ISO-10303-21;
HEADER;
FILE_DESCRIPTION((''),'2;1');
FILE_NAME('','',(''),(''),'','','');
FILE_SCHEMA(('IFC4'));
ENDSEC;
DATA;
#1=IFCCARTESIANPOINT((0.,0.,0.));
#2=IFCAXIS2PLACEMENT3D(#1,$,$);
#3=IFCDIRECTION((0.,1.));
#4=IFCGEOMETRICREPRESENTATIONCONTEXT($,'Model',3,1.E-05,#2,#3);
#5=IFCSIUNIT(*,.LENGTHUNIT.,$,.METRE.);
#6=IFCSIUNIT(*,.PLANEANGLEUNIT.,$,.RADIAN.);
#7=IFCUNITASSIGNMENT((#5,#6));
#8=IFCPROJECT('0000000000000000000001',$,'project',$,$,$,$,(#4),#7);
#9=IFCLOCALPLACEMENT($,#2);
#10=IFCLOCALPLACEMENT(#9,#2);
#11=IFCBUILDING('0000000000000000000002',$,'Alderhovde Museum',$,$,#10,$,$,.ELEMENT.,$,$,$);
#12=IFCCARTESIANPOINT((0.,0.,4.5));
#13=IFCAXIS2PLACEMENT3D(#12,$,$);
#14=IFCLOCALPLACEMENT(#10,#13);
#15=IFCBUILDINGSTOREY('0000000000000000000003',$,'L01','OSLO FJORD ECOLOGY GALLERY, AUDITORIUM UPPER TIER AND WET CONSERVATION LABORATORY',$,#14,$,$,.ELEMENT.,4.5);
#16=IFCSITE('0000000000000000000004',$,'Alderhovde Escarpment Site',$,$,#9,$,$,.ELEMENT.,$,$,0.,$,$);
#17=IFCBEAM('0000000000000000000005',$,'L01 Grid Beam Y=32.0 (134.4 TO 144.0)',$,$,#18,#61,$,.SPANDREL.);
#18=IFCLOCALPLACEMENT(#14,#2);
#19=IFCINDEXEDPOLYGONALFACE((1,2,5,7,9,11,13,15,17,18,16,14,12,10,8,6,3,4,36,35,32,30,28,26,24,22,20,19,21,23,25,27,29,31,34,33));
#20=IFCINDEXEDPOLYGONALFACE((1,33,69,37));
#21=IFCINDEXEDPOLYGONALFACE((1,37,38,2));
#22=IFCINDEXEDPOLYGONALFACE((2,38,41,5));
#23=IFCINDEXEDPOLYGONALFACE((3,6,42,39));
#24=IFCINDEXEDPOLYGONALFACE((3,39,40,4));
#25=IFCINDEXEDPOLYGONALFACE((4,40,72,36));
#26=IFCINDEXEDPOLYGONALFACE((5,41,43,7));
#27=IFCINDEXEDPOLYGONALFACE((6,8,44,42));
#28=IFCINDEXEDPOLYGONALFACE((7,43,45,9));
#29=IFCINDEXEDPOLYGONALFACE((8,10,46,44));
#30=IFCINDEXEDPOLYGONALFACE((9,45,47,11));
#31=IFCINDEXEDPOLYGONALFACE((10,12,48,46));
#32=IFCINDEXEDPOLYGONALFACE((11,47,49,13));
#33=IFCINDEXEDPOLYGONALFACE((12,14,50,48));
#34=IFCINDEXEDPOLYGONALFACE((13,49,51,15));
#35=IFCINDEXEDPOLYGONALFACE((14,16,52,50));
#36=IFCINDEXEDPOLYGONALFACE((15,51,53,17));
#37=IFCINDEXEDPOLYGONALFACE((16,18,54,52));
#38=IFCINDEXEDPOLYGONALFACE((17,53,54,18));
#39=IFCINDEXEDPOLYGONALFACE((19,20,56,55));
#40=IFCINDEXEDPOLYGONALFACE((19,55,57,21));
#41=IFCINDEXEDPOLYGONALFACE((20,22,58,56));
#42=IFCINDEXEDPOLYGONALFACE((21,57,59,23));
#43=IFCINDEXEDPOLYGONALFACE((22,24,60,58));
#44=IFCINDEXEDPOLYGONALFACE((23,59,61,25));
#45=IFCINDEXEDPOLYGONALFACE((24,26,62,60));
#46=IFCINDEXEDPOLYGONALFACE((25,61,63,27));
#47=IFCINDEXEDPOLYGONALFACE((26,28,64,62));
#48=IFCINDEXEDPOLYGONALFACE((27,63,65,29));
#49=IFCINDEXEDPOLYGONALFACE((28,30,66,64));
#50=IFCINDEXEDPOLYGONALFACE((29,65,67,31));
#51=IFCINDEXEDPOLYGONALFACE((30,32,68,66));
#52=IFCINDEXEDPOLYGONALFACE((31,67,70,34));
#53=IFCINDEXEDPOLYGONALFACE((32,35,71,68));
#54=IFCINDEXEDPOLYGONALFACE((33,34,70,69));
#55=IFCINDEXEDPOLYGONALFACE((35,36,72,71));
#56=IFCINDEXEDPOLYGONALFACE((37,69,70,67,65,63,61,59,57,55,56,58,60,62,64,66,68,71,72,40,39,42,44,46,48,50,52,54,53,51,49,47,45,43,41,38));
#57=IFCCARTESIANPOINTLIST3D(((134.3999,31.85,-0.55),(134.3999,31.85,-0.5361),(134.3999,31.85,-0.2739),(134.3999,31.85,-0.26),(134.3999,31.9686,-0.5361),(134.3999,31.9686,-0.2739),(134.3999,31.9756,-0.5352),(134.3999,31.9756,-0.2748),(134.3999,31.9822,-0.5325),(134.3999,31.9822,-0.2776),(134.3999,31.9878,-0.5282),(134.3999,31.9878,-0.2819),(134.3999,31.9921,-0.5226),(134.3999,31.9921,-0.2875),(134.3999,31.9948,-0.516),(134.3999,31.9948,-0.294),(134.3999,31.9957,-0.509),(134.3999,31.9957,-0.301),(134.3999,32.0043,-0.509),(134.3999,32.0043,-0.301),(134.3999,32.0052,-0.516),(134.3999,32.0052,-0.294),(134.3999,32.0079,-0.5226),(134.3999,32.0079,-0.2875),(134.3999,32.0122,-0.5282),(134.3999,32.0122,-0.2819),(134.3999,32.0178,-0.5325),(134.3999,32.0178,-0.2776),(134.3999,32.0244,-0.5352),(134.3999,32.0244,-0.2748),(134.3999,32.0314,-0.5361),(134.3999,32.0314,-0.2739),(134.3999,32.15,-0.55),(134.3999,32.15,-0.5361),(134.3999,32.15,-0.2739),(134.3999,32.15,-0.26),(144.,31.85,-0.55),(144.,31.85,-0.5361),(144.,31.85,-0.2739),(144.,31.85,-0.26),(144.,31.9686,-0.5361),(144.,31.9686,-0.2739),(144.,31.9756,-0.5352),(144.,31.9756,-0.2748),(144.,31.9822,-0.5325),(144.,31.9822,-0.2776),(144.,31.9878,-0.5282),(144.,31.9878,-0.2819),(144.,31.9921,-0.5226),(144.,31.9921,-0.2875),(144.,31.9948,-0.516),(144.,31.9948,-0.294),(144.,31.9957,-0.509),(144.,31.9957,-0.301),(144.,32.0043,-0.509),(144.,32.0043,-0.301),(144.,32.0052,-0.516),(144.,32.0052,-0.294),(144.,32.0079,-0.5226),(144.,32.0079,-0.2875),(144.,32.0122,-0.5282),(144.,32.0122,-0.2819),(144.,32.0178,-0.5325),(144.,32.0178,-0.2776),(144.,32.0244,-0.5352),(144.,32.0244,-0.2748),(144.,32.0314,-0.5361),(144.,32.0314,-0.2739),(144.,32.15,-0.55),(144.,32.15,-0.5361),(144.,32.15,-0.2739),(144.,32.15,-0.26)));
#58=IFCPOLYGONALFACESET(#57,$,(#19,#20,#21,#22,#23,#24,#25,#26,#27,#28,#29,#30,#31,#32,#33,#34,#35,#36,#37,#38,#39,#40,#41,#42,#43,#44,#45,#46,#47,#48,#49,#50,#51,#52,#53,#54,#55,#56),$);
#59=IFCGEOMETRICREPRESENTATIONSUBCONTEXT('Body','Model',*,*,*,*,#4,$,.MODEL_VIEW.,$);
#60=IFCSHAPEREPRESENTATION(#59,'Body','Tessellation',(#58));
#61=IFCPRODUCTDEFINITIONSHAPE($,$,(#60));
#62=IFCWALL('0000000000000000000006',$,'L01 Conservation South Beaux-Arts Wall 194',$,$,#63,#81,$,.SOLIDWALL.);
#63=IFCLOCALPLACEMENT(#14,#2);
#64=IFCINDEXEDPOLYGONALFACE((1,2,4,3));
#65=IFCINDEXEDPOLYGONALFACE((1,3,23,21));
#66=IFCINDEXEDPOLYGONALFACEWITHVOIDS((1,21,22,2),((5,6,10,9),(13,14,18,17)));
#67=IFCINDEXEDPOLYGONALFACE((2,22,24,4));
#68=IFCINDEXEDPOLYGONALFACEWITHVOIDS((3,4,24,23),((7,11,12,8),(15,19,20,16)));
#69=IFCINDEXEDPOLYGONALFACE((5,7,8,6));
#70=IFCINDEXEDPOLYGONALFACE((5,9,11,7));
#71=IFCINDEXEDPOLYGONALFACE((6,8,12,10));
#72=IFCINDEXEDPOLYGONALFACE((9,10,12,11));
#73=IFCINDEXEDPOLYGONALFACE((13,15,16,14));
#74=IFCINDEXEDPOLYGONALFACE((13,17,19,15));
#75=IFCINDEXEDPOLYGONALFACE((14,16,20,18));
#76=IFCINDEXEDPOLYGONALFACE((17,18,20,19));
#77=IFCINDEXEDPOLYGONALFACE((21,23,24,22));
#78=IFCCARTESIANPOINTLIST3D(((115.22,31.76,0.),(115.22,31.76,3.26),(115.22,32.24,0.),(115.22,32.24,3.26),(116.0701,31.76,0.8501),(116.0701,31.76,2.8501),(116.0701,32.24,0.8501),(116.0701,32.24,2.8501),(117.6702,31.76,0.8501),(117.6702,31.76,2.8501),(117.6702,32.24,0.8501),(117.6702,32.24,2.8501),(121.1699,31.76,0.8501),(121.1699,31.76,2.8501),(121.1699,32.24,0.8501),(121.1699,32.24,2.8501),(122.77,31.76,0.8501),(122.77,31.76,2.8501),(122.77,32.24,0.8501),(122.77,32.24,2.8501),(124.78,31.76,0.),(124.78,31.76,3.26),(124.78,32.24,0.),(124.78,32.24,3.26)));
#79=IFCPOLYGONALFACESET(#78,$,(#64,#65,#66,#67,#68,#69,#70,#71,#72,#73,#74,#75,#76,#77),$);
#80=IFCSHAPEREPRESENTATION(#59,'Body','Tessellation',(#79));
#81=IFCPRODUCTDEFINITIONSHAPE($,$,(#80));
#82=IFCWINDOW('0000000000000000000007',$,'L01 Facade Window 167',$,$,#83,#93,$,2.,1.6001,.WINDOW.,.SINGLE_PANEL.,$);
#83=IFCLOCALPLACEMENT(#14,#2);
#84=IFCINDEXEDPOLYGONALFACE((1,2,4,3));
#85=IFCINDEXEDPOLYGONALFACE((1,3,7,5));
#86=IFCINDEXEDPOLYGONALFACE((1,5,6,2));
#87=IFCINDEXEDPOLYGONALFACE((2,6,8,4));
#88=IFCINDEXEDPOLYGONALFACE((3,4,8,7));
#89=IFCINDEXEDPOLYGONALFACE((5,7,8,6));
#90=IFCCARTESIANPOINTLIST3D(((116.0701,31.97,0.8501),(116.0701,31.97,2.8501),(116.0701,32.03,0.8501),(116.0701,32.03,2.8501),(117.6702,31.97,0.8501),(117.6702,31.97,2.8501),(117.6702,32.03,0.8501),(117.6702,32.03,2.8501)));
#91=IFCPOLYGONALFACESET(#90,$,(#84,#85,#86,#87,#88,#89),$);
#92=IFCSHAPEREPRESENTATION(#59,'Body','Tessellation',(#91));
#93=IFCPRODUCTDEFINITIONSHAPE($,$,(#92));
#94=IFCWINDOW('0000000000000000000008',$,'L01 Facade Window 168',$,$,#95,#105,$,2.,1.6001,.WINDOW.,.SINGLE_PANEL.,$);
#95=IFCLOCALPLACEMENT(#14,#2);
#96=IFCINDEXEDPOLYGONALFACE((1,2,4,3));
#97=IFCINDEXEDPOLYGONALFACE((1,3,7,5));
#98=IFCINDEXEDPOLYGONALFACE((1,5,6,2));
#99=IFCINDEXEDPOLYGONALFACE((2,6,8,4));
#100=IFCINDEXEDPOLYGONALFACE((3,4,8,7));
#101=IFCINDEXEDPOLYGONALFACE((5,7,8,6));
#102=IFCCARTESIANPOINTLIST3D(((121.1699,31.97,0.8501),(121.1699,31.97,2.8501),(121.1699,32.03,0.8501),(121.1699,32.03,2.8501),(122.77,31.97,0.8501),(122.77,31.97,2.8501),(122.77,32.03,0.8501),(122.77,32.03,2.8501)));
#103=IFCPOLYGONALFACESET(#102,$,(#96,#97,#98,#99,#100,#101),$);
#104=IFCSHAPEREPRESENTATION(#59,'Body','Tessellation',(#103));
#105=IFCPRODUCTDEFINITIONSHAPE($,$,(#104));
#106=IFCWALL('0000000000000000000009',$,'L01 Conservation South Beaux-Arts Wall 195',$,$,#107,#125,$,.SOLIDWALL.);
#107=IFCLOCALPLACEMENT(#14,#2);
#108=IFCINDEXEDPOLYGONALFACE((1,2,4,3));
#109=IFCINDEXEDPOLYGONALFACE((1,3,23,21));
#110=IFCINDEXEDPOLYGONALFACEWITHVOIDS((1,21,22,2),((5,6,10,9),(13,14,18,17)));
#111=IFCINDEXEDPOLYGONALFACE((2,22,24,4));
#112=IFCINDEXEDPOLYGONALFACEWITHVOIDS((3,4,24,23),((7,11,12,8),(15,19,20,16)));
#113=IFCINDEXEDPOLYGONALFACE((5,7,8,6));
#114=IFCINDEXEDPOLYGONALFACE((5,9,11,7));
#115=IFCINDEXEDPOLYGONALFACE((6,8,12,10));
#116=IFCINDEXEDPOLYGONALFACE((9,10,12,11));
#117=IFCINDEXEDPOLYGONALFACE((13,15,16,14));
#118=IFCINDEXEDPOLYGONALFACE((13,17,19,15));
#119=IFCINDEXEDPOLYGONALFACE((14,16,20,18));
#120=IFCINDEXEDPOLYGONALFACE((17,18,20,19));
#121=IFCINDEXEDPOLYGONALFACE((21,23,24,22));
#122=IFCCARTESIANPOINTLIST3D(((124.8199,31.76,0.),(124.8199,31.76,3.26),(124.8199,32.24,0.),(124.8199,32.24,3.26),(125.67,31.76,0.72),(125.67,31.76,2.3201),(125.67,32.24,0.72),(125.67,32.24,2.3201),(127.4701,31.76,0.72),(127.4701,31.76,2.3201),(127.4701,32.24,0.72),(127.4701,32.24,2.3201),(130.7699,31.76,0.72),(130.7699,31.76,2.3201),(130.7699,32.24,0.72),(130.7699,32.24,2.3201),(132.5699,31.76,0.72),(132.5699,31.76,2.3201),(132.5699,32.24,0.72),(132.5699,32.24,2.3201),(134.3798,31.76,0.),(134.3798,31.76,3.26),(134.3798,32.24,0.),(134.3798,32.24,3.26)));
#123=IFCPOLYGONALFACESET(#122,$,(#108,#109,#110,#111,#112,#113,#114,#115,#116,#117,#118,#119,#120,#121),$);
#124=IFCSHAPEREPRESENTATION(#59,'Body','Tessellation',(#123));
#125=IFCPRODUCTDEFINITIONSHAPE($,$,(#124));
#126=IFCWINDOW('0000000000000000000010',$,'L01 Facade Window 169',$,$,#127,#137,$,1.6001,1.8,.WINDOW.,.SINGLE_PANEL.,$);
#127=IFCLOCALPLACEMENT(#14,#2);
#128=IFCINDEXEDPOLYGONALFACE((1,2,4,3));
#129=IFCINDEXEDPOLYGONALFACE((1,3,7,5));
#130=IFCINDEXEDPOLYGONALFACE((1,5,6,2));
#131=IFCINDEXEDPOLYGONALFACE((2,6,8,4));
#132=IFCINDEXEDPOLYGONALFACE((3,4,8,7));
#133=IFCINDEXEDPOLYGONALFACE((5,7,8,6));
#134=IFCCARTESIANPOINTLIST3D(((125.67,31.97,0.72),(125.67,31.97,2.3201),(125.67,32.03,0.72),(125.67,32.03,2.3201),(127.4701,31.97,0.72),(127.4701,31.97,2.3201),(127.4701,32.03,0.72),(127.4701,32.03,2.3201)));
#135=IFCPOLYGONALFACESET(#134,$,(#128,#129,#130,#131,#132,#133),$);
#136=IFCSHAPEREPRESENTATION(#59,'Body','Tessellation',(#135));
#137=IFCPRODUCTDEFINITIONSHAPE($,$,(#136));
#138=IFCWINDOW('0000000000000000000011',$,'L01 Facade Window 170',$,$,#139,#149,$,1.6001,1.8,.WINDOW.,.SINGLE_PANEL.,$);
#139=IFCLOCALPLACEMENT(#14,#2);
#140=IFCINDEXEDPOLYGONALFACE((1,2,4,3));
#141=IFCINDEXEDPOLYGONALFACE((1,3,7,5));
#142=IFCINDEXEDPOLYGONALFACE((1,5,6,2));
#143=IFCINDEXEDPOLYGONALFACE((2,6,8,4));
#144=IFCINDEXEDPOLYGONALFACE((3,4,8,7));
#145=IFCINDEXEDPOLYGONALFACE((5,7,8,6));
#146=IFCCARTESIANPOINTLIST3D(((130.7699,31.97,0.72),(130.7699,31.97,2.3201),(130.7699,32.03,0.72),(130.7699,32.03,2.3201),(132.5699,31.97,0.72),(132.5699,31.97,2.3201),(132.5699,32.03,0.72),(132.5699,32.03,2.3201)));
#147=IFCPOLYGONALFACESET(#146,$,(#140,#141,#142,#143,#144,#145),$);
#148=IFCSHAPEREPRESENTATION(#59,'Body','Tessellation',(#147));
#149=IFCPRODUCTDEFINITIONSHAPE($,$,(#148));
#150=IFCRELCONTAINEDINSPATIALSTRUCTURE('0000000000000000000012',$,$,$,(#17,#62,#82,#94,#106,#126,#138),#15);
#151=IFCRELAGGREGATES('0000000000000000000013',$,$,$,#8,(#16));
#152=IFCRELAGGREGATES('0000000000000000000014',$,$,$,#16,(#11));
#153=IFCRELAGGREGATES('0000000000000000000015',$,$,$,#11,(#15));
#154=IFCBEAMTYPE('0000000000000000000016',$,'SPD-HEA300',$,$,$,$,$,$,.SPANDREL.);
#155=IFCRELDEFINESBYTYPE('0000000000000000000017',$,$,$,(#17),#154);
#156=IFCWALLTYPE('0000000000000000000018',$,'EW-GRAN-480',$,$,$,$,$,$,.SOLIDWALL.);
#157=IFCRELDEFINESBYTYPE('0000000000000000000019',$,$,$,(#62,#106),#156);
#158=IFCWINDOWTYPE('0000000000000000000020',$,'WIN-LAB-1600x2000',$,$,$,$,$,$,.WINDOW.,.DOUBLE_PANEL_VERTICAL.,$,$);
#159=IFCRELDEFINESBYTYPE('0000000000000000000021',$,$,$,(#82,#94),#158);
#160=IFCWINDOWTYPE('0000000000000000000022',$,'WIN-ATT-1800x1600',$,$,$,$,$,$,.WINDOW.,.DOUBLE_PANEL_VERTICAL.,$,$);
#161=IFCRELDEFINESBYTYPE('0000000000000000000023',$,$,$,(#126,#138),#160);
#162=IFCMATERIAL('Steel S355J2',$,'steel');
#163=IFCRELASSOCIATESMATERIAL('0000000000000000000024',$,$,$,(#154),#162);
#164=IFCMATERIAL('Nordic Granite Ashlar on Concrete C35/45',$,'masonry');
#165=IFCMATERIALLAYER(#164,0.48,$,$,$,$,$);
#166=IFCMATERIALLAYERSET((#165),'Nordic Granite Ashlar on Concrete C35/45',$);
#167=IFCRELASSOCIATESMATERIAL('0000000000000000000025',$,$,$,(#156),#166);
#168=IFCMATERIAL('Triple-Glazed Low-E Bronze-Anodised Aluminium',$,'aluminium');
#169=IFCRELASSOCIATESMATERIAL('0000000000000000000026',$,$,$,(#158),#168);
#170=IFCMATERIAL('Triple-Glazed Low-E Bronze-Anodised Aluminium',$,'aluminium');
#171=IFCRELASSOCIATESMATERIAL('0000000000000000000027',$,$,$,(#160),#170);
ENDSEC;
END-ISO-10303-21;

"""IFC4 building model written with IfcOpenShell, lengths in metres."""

from ifc_helpers import new_model, si_unit, direction, frame, frame_2d, origin, origin_2d, place, context, subcontext, project, spatial, rectangle, i_section, extrude, material, layer, layer_set, material_profile, profile_set, type_object, element, fill, save


model = new_model("IFC4")

# Units and contexts
model_context = context("Model", 3, precision=1e-05, world=origin(), true_north=direction((0.0, 1.0)))
body_context = subcontext(model_context, "Body", "Model", "MODEL_VIEW")
ifc_project = project(units=[si_unit("LENGTHUNIT", "METRE"), si_unit("PLANEANGLEUNIT", "RADIAN")], contexts=[model_context])

# Site, building, storey
site_placement = place(None, origin())
site = spatial("IfcSite", under=ifc_project, at=site_placement, Name="Alderhovde Escarpment Site", CompositionType="ELEMENT", RefElevation=0.0)
building_placement = place(site_placement, origin())
building = spatial("IfcBuilding", under=site, at=building_placement, Name="Alderhovde Museum", CompositionType="ELEMENT")
storey_placement = place(building_placement, frame((0.0, 0.0, 4.5)))
storey = spatial("IfcBuildingStorey", under=building, at=storey_placement, Name="L01", Description="OSLO FJORD ECOLOGY GALLERY, AUDITORIUM UPPER TIER AND WET CONSERVATION LABORATORY", CompositionType="ELEMENT", Elevation=4.5)

# Beam
ifc_material_1 = material(Name="Steel S355J2", Category="steel")
ifc_material_profile_1 = material_profile(ifc_material_1, i_section(OverallWidth=0.3, OverallDepth=0.29, WebThickness=0.0085, FlangeThickness=0.0139, FilletRadius=0.0271, at=origin_2d()), Name="HEA 300")
ifc_profile_set_1 = profile_set([ifc_material_profile_1], Name="Steel S355J2")
beam_type_1 = type_object("IfcBeamType", Name="SPD-HEA300", PredefinedType="SPANDREL", material=ifc_profile_set_1)
beam_1_placement = place(storey_placement, frame((134.3999, 32.0, -0.405), z_axis=(1.0, 0.0, 0.0), x_axis=(0.0, 1.0, 0.0)))
element("IfcBeam", 1, at=beam_1_placement, inside=storey, type_object=beam_type_1, Name="L01 Grid Beam Y=32.0 (134.4 TO 144.0)", PredefinedType="SPANDREL", context=body_context, shape_type="SweptSolid", body=[
    extrude(i_section(OverallWidth=0.3, OverallDepth=0.29, WebThickness=0.0085, FlangeThickness=0.0139, FilletRadius=0.0271, at=origin_2d()), origin(), (0.0, 0.0, 1.0), 9.6001),
])

# Walls, openings, windows
ifc_material_2 = material(Name="Nordic Granite Ashlar on Concrete C35/45", Category="masonry")
ifc_layer_1 = layer(ifc_material_2, 0.48)
ifc_layer_set_1 = layer_set([ifc_layer_1], Name="Nordic Granite Ashlar on Concrete C35/45")
wall_type_1 = type_object("IfcWallType", Name="EW-GRAN-480", PredefinedType="SOLIDWALL", material=ifc_layer_set_1)
wall_1_placement = place(storey_placement, frame((115.22, 32.0, 0.0), z_axis=(0.0, 0.0, 1.0), x_axis=(1.0, 0.0, 0.0)))
wall_1 = element("IfcWall", 2, at=wall_1_placement, inside=storey, type_object=wall_type_1, Name="L01 Conservation South Beaux-Arts Wall 194", PredefinedType="SOLIDWALL", context=body_context, shape_type="SweptSolid", body=[
    extrude(rectangle(XDim=9.5601, YDim=0.48, at=frame_2d((4.78, 0.0))), origin(), (0.0, 0.0, 1.0), 3.26),
])
opening_1_placement = place(wall_1_placement, frame((0.8501, 0.0, 0.8501)))
opening_1 = element("IfcOpeningElement", 3, at=opening_1_placement, cuts=wall_1, PredefinedType="OPENING", context=body_context, shape_type="SweptSolid", body=[
    extrude(rectangle(XDim=1.6001, YDim=2.0, at=frame_2d((0.8, 1.0))), frame((0.0, 0.25, 0.0), z_axis=(0.0, -1.0, 0.0), x_axis=(1.0, 0.0, 0.0)), (0.0, 0.0, 1.0), 0.5),
])
opening_2_placement = place(wall_1_placement, frame((5.95, 0.0, 0.8501)))
opening_2 = element("IfcOpeningElement", 4, at=opening_2_placement, cuts=wall_1, PredefinedType="OPENING", context=body_context, shape_type="SweptSolid", body=[
    extrude(rectangle(XDim=1.6001, YDim=2.0, at=frame_2d((0.8, 1.0))), frame((0.0, 0.25, 0.0), z_axis=(0.0, -1.0, 0.0), x_axis=(1.0, 0.0, 0.0)), (0.0, 0.0, 1.0), 0.5),
])
ifc_material_3 = material(Name="Triple-Glazed Low-E Bronze-Anodised Aluminium", Category="aluminium")
window_type_1 = type_object("IfcWindowType", Name="WIN-LAB-1600x2000", PartitioningType="DOUBLE_PANEL_VERTICAL", PredefinedType="WINDOW", material=ifc_material_3)
window_1_placement = place(opening_1_placement, origin())
window_1 = element("IfcWindow", 5, at=window_1_placement, inside=storey, type_object=window_type_1, Name="L01 Facade Window 167", OverallHeight=2.0, OverallWidth=1.6001, PartitioningType="SINGLE_PANEL", PredefinedType="WINDOW", context=body_context, shape_type="SweptSolid", body=[
    extrude(rectangle(XDim=1.6001, YDim=2.0, at=frame_2d((0.8, 1.0))), frame((0.0, 0.03, 0.0), z_axis=(0.0, -1.0, 0.0), x_axis=(1.0, 0.0, 0.0)), (0.0, 0.0, 1.0), 0.0601),
])
fill(opening_1, window_1)
window_2_placement = place(opening_2_placement, origin())
window_2 = element("IfcWindow", 6, at=window_2_placement, inside=storey, type_object=window_type_1, Name="L01 Facade Window 168", OverallHeight=2.0, OverallWidth=1.6001, PartitioningType="SINGLE_PANEL", PredefinedType="WINDOW", context=body_context, shape_type="SweptSolid", body=[
    extrude(rectangle(XDim=1.6001, YDim=2.0, at=frame_2d((0.8, 1.0))), frame((0.0, 0.03, 0.0), z_axis=(0.0, -1.0, 0.0), x_axis=(1.0, 0.0, 0.0)), (0.0, 0.0, 1.0), 0.0601),
])
fill(opening_2, window_2)
wall_2_placement = place(storey_placement, frame((124.8201, 32.0, 0.0), z_axis=(0.0, 0.0, 1.0), x_axis=(1.0, 0.0, 0.0)))
wall_2 = element("IfcWall", 7, at=wall_2_placement, inside=storey, type_object=wall_type_1, Name="L01 Conservation South Beaux-Arts Wall 195", PredefinedType="SOLIDWALL", context=body_context, shape_type="SweptSolid", body=[
    extrude(rectangle(XDim=9.5598, YDim=0.48, at=frame_2d((4.7798, 0.0))), origin(), (0.0, 0.0, 1.0), 3.26),
])
opening_3_placement = place(wall_2_placement, frame((0.8501, 0.0, 0.72)))
opening_3 = element("IfcOpeningElement", 8, at=opening_3_placement, cuts=wall_2, PredefinedType="OPENING", context=body_context, shape_type="SweptSolid", body=[
    extrude(rectangle(XDim=1.8, YDim=1.6001, at=frame_2d((0.8999, 0.8))), frame((0.0, 0.25, 0.0), z_axis=(0.0, -1.0, 0.0), x_axis=(1.0, 0.0, 0.0)), (0.0, 0.0, 1.0), 0.5),
])
opening_4_placement = place(wall_2_placement, frame((5.95, 0.0, 0.72)))
opening_4 = element("IfcOpeningElement", 9, at=opening_4_placement, cuts=wall_2, PredefinedType="OPENING", context=body_context, shape_type="SweptSolid", body=[
    extrude(rectangle(XDim=1.8, YDim=1.6001, at=frame_2d((0.8999, 0.8))), frame((0.0, 0.25, 0.0), z_axis=(0.0, -1.0, 0.0), x_axis=(1.0, 0.0, 0.0)), (0.0, 0.0, 1.0), 0.5),
])
ifc_material_4 = material(Name="Triple-Glazed Low-E Bronze-Anodised Aluminium", Category="aluminium")
window_type_2 = type_object("IfcWindowType", Name="WIN-ATT-1800x1600", PartitioningType="DOUBLE_PANEL_VERTICAL", PredefinedType="WINDOW", material=ifc_material_4)
window_3_placement = place(opening_3_placement, origin())
window_3 = element("IfcWindow", 10, at=window_3_placement, inside=storey, type_object=window_type_2, Name="L01 Facade Window 169", OverallHeight=1.6001, OverallWidth=1.8, PartitioningType="SINGLE_PANEL", PredefinedType="WINDOW", context=body_context, shape_type="SweptSolid", body=[
    extrude(rectangle(XDim=1.8, YDim=1.6001, at=frame_2d((0.8999, 0.8))), frame((0.0, 0.03, 0.0), z_axis=(0.0, -1.0, 0.0), x_axis=(1.0, 0.0, 0.0)), (0.0, 0.0, 1.0), 0.0601),
])
fill(opening_3, window_3)
window_4_placement = place(opening_4_placement, origin())
window_4 = element("IfcWindow", 11, at=window_4_placement, inside=storey, type_object=window_type_2, Name="L01 Facade Window 170", OverallHeight=1.6001, OverallWidth=1.8, PartitioningType="SINGLE_PANEL", PredefinedType="WINDOW", context=body_context, shape_type="SweptSolid", body=[
    extrude(rectangle(XDim=1.8, YDim=1.6001, at=frame_2d((0.8999, 0.8))), frame((0.0, 0.03, 0.0), z_axis=(0.0, -1.0, 0.0), x_axis=(1.0, 0.0, 0.0)), (0.0, 0.0, 1.0), 0.0601),
])
fill(opening_4, window_4)

save(model, "model.ifc")
